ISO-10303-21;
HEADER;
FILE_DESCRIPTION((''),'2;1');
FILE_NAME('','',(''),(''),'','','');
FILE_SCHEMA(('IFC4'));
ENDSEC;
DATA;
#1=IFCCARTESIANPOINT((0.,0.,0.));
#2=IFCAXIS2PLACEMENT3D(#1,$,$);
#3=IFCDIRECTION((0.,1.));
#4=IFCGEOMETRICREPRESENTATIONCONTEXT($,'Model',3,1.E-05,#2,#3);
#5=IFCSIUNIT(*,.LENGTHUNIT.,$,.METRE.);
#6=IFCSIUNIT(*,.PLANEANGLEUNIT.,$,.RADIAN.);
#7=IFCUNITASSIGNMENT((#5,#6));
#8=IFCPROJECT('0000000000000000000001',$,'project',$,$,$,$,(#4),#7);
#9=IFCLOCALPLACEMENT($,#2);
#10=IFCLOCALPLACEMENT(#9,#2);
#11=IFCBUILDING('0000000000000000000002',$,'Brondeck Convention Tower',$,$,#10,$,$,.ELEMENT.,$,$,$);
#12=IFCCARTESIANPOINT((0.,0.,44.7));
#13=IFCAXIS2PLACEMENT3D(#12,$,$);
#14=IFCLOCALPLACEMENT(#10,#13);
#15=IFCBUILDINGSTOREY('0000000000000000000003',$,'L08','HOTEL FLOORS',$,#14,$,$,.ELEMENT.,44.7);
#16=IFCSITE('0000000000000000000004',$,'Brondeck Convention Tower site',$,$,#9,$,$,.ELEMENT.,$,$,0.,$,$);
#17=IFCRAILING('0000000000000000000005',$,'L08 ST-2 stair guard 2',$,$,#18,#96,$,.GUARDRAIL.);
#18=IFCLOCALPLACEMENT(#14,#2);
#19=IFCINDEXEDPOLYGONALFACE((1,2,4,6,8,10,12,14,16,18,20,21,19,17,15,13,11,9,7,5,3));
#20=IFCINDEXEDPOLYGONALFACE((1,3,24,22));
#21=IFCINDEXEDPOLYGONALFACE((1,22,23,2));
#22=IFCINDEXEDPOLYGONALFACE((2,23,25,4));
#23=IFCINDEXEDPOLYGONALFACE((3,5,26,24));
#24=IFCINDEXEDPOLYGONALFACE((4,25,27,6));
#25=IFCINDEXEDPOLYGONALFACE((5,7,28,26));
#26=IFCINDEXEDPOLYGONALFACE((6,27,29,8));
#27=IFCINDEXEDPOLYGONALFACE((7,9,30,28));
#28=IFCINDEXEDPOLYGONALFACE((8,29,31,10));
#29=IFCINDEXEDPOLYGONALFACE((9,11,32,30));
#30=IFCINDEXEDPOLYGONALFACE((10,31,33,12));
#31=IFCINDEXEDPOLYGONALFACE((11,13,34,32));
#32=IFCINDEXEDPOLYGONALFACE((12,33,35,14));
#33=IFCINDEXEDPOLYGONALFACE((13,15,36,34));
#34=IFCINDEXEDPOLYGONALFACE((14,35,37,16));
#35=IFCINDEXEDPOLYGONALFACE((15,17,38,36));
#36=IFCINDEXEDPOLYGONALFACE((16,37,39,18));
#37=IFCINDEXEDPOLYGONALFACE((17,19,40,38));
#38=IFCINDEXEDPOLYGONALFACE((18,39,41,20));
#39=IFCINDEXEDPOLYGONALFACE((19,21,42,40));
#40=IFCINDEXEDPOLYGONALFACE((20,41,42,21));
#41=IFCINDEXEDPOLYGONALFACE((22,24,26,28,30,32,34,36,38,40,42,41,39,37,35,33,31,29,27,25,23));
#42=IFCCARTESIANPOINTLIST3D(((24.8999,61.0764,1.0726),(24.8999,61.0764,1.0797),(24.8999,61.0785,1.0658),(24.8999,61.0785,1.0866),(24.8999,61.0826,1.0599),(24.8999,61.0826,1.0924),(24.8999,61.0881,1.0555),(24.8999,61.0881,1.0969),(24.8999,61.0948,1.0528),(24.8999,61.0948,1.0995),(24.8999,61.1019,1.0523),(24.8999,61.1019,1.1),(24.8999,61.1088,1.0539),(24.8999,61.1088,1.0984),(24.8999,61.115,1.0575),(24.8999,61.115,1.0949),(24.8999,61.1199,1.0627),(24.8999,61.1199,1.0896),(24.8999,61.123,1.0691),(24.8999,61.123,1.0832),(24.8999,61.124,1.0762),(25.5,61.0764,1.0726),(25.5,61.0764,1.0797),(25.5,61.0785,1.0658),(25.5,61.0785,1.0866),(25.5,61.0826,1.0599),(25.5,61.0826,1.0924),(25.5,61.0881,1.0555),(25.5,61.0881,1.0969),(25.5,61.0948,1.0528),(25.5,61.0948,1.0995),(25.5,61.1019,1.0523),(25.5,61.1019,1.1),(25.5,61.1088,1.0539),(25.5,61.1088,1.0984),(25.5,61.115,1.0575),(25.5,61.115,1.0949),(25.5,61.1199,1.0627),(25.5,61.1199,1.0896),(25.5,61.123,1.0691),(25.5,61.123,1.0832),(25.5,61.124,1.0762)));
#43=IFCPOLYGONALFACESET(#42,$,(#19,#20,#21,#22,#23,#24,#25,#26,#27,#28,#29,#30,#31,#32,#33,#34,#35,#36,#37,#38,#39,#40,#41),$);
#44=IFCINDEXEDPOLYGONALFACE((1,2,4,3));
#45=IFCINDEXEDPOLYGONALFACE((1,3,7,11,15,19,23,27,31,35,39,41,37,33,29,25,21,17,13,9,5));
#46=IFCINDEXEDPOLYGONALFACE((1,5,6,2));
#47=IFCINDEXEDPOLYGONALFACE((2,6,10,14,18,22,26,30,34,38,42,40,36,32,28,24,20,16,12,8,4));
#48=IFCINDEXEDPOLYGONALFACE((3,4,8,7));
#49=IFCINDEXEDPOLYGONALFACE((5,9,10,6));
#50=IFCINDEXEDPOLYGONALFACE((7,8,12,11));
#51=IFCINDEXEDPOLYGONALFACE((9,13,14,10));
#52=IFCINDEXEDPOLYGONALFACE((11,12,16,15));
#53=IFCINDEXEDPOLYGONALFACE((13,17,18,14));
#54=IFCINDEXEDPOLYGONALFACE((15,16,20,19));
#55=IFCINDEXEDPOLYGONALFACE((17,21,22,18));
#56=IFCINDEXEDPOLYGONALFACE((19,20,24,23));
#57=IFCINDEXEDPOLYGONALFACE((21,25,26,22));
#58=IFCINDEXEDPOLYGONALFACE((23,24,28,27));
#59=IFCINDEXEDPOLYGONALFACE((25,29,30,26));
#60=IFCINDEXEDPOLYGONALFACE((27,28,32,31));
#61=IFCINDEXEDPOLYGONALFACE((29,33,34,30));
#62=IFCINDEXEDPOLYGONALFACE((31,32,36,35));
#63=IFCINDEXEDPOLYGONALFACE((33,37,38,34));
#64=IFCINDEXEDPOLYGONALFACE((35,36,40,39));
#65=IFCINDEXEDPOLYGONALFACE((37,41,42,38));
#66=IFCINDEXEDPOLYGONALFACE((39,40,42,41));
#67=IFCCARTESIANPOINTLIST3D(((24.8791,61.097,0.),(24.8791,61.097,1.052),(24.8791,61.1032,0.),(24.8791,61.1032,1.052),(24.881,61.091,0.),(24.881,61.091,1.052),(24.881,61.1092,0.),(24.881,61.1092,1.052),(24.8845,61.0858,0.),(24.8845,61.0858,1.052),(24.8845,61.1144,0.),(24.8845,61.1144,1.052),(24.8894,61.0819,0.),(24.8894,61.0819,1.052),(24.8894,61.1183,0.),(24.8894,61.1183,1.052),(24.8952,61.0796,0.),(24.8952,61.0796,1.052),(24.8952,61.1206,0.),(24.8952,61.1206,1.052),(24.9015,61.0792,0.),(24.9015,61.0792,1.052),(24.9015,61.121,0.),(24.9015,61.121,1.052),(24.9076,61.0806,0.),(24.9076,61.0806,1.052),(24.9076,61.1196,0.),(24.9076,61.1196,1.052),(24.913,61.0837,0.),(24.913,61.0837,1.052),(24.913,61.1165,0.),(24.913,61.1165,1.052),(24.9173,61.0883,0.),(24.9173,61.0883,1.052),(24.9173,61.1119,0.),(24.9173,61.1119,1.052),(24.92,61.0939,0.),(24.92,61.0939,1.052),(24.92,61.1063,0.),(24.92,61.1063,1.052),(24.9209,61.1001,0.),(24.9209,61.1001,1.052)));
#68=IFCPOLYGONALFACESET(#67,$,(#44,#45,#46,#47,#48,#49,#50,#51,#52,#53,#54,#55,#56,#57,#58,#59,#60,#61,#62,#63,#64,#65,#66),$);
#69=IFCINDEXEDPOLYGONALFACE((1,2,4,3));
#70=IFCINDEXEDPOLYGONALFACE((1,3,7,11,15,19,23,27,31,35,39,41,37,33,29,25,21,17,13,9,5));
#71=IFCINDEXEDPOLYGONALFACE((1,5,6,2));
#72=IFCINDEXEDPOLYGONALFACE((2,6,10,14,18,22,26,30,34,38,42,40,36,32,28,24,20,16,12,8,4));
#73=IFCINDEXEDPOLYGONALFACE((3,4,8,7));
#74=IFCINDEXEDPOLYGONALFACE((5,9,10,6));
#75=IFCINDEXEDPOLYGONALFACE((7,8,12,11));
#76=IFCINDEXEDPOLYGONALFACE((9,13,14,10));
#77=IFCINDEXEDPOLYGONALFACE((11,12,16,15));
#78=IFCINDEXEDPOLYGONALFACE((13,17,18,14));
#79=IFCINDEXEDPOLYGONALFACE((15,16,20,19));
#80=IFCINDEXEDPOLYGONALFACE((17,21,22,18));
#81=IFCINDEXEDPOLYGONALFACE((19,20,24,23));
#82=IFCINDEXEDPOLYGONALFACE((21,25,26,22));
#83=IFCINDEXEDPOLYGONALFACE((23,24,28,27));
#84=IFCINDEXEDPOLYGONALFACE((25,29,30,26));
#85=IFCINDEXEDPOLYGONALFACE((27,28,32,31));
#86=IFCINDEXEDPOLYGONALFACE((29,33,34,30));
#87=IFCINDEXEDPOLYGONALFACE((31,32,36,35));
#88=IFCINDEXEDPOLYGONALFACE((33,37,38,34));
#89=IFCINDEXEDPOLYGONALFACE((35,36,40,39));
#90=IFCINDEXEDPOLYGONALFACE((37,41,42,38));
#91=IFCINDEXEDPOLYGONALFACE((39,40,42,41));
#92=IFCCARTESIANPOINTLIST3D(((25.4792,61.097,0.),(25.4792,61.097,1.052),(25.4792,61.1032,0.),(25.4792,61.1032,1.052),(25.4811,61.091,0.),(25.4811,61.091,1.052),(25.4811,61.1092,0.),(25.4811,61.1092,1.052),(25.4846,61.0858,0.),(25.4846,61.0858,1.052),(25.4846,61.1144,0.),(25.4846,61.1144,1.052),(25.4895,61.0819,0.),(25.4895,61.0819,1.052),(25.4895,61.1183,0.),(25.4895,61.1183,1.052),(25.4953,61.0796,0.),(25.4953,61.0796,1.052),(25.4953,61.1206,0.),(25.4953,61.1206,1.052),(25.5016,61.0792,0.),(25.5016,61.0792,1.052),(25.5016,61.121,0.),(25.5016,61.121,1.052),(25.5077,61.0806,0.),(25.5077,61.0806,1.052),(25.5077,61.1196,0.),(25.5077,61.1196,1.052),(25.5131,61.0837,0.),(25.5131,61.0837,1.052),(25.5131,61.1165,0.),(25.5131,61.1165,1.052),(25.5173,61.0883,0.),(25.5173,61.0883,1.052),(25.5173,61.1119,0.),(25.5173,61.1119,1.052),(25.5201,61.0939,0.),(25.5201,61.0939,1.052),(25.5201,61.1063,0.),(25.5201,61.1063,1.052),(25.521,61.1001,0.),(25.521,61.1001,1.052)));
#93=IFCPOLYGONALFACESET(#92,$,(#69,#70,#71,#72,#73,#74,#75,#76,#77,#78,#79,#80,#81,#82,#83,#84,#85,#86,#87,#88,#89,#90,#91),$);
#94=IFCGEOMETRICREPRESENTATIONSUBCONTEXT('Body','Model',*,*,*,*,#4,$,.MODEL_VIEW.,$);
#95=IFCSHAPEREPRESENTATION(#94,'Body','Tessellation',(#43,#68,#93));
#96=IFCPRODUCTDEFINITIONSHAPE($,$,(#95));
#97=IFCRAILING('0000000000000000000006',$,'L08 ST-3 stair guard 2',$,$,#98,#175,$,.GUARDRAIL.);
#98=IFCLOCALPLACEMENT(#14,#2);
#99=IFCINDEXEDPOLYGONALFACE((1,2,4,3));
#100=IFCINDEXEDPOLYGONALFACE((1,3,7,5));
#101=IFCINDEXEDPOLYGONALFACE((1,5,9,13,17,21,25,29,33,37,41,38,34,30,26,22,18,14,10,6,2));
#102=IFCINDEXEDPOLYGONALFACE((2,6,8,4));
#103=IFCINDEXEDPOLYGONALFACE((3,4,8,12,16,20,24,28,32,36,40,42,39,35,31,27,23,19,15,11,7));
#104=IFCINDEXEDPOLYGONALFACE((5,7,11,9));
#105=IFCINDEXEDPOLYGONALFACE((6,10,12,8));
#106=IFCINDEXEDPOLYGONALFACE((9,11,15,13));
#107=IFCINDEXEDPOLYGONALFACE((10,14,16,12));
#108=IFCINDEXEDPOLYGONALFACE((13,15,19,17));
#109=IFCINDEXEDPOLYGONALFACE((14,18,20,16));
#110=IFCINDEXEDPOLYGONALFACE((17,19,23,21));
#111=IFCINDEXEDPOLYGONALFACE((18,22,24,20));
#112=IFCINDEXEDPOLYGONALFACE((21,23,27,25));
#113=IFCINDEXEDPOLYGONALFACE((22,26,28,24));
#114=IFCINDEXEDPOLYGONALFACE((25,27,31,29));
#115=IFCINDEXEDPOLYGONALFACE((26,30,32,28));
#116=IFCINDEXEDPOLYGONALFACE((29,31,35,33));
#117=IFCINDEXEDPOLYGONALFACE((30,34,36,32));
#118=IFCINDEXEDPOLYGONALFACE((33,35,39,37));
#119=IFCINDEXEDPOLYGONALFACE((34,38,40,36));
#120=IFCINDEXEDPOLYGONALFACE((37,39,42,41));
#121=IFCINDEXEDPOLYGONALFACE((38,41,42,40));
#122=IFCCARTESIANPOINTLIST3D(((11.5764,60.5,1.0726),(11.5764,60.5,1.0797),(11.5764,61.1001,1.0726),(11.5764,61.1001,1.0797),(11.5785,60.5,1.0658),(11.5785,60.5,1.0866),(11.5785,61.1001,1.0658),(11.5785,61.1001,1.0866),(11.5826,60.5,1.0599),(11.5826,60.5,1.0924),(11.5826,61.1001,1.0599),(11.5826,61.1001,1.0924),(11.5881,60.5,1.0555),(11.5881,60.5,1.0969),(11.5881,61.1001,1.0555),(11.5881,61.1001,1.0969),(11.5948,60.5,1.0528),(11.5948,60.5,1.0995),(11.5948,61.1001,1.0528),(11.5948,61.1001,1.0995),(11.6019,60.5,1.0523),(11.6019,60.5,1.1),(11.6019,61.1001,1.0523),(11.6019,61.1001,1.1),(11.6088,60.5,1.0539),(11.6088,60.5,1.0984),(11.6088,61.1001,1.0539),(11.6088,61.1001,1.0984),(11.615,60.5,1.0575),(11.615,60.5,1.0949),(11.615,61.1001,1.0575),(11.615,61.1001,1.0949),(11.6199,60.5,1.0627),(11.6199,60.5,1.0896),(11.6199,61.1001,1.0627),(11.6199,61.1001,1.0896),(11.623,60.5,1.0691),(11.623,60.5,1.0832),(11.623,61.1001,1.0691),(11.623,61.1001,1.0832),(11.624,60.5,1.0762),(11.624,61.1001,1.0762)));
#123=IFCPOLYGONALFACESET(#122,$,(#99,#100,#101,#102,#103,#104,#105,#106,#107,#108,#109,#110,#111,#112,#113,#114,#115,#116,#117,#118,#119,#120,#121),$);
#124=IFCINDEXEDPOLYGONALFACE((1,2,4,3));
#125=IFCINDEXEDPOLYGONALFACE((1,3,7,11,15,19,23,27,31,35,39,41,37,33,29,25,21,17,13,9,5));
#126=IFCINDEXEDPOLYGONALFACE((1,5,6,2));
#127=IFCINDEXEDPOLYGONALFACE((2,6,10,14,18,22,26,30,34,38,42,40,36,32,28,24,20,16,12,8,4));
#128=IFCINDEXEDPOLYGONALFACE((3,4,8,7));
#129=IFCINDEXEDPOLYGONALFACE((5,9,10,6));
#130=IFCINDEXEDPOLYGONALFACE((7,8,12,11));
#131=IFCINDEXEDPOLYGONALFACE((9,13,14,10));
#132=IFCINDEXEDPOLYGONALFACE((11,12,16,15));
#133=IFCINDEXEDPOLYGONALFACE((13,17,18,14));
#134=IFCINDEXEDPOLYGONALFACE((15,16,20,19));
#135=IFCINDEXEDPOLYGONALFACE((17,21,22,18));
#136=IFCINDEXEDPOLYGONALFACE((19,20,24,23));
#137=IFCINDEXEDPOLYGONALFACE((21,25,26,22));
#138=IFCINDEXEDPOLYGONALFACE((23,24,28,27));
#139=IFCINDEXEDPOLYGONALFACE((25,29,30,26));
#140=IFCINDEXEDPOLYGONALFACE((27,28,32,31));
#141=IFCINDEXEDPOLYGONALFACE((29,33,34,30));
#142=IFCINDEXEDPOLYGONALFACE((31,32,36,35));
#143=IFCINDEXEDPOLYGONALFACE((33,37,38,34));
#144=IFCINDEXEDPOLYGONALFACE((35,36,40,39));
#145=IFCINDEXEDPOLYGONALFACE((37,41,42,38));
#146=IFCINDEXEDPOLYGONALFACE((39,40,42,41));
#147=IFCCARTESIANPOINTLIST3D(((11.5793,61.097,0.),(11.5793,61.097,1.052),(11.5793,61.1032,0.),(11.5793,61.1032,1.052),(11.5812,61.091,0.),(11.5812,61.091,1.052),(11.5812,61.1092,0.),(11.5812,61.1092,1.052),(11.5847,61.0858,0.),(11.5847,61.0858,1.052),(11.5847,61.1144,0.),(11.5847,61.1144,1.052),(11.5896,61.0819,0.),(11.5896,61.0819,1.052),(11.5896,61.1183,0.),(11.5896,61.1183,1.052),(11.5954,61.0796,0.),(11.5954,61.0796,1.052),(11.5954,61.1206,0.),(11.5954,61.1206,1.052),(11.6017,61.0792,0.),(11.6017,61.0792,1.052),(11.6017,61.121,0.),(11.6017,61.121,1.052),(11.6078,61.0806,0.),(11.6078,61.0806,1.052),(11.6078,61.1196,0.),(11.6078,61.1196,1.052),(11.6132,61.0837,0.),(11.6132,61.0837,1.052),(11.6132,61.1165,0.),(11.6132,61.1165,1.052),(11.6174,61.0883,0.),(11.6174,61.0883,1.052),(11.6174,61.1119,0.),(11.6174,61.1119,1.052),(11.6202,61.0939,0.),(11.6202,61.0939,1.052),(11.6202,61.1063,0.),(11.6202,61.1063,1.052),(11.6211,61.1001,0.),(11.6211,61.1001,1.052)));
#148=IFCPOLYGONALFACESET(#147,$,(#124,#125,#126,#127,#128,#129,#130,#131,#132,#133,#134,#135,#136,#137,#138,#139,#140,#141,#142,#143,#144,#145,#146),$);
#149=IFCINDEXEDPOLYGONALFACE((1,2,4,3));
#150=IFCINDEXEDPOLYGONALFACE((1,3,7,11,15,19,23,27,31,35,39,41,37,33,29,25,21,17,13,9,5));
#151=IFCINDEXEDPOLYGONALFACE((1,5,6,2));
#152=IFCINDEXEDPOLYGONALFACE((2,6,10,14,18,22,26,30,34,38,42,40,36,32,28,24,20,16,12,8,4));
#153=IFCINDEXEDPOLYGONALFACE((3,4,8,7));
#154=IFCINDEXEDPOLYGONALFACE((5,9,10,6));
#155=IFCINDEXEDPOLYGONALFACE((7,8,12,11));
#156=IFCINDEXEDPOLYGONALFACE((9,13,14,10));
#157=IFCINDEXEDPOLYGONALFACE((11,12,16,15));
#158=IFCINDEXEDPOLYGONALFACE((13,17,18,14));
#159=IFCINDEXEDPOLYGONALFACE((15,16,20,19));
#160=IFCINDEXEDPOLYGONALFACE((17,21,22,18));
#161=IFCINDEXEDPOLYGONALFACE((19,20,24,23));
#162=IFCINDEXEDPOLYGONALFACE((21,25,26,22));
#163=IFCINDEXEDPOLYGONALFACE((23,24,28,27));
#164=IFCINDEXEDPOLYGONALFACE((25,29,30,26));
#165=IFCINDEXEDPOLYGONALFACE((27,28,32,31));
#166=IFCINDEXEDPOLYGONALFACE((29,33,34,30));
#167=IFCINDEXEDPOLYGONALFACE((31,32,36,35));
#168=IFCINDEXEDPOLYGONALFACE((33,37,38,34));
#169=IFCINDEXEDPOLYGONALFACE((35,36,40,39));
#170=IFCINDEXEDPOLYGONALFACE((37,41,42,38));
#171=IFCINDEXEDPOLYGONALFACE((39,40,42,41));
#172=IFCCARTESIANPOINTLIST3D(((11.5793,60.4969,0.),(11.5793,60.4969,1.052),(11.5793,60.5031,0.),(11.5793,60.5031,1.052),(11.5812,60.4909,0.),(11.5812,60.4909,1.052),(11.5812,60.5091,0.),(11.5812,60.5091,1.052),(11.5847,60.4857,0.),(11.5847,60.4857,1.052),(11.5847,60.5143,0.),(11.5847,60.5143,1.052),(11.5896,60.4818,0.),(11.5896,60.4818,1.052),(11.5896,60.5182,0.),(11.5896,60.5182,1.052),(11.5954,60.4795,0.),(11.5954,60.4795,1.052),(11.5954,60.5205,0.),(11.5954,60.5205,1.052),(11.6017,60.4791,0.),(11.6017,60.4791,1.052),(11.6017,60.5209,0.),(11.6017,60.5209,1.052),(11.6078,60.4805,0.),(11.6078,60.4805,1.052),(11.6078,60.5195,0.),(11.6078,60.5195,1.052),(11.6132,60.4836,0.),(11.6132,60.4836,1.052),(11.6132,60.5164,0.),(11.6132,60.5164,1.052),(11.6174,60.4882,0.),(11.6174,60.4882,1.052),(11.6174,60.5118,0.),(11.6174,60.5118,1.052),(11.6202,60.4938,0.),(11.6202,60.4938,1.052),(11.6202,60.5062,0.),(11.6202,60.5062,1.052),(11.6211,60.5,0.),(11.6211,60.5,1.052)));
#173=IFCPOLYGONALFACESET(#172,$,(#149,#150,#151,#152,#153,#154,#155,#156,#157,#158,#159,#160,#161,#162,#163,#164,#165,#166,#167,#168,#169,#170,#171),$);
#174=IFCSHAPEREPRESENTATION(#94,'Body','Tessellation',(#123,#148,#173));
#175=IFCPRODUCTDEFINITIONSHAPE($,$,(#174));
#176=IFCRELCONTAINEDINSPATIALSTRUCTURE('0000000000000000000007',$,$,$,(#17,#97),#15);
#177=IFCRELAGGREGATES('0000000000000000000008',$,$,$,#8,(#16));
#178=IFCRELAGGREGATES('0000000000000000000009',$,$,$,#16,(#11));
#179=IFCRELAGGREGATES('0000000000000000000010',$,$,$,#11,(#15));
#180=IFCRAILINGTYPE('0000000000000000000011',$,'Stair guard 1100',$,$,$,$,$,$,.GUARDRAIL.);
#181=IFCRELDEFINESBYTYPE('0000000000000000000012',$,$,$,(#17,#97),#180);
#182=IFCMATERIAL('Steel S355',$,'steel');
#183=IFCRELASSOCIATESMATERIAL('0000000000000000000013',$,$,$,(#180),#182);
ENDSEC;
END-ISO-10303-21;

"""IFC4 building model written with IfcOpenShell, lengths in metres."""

from ifc_helpers import new_model, si_unit, direction, frame, origin, origin_2d, place, context, subcontext, project, spatial, circle, extrude, material, type_object, element, save


model = new_model("IFC4")

# Units and contexts
model_context = context("Model", 3, precision=1e-05, world=origin(), true_north=direction((0.0, 1.0)))
body_context = subcontext(model_context, "Body", "Model", "MODEL_VIEW")
ifc_project = project(units=[si_unit("LENGTHUNIT", "METRE"), si_unit("PLANEANGLEUNIT", "RADIAN")], contexts=[model_context])

# Site, building, storey
site_placement = place(None, origin())
site = spatial("IfcSite", under=ifc_project, at=site_placement, Name="Brondeck Convention Tower site", CompositionType="ELEMENT", RefElevation=0.0)
building_placement = place(site_placement, origin())
building = spatial("IfcBuilding", under=site, at=building_placement, Name="Brondeck Convention Tower", CompositionType="ELEMENT")
storey_placement = place(building_placement, frame((0.0, 0.0, 44.7)))
storey = spatial("IfcBuildingStorey", under=building, at=storey_placement, Name="L08", Description="HOTEL FLOORS", CompositionType="ELEMENT", Elevation=44.7)

# Railings
ifc_material_1 = material(Name="Steel S355", Category="steel")
railing_type_1 = type_object("IfcRailingType", Name="Stair guard 1100", PredefinedType="GUARDRAIL", material=ifc_material_1)
railing_1_placement = place(storey_placement, frame((24.8999, 61.1001, 0.0)))
element("IfcRailing", 1, at=railing_1_placement, inside=storey, type_object=railing_type_1, Name="L08 ST-2 stair guard 2", PredefinedType="GUARDRAIL", context=body_context, shape_type="SweptSolid", body=[
    extrude(circle(Radius=0.0239, at=origin_2d()), frame((0.0, 0.0, 1.0762), z_axis=(1.0, 0.0, 0.0), x_axis=(0.0, 1.0, 0.0)), (0.0, 0.0, 1.0), 0.6001),
    extrude(circle(Radius=0.021, at=origin_2d()), origin(), (0.0, 0.0, 1.0), 1.052),
    extrude(circle(Radius=0.021, at=origin_2d()), frame((0.6001, 0.0, 0.0)), (0.0, 0.0, 1.0), 1.052),
])
railing_2_placement = place(storey_placement, frame((11.6001, 61.1001, 0.0)))
element("IfcRailing", 2, at=railing_2_placement, inside=storey, type_object=railing_type_1, Name="L08 ST-3 stair guard 2", PredefinedType="GUARDRAIL", context=body_context, shape_type="SweptSolid", body=[
    extrude(circle(Radius=0.0239, at=origin_2d()), frame((0.0, 0.0, 1.0762), z_axis=(0.0, -1.0, 0.0), x_axis=(1.0, 0.0, 0.0)), (0.0, 0.0, 1.0), 0.6001),
    extrude(circle(Radius=0.021, at=origin_2d()), origin(), (0.0, 0.0, 1.0), 1.052),
    extrude(circle(Radius=0.021, at=origin_2d()), frame((0.0, -0.6001, 0.0)), (0.0, 0.0, 1.0), 1.052),
])

save(model, "model.ifc")
